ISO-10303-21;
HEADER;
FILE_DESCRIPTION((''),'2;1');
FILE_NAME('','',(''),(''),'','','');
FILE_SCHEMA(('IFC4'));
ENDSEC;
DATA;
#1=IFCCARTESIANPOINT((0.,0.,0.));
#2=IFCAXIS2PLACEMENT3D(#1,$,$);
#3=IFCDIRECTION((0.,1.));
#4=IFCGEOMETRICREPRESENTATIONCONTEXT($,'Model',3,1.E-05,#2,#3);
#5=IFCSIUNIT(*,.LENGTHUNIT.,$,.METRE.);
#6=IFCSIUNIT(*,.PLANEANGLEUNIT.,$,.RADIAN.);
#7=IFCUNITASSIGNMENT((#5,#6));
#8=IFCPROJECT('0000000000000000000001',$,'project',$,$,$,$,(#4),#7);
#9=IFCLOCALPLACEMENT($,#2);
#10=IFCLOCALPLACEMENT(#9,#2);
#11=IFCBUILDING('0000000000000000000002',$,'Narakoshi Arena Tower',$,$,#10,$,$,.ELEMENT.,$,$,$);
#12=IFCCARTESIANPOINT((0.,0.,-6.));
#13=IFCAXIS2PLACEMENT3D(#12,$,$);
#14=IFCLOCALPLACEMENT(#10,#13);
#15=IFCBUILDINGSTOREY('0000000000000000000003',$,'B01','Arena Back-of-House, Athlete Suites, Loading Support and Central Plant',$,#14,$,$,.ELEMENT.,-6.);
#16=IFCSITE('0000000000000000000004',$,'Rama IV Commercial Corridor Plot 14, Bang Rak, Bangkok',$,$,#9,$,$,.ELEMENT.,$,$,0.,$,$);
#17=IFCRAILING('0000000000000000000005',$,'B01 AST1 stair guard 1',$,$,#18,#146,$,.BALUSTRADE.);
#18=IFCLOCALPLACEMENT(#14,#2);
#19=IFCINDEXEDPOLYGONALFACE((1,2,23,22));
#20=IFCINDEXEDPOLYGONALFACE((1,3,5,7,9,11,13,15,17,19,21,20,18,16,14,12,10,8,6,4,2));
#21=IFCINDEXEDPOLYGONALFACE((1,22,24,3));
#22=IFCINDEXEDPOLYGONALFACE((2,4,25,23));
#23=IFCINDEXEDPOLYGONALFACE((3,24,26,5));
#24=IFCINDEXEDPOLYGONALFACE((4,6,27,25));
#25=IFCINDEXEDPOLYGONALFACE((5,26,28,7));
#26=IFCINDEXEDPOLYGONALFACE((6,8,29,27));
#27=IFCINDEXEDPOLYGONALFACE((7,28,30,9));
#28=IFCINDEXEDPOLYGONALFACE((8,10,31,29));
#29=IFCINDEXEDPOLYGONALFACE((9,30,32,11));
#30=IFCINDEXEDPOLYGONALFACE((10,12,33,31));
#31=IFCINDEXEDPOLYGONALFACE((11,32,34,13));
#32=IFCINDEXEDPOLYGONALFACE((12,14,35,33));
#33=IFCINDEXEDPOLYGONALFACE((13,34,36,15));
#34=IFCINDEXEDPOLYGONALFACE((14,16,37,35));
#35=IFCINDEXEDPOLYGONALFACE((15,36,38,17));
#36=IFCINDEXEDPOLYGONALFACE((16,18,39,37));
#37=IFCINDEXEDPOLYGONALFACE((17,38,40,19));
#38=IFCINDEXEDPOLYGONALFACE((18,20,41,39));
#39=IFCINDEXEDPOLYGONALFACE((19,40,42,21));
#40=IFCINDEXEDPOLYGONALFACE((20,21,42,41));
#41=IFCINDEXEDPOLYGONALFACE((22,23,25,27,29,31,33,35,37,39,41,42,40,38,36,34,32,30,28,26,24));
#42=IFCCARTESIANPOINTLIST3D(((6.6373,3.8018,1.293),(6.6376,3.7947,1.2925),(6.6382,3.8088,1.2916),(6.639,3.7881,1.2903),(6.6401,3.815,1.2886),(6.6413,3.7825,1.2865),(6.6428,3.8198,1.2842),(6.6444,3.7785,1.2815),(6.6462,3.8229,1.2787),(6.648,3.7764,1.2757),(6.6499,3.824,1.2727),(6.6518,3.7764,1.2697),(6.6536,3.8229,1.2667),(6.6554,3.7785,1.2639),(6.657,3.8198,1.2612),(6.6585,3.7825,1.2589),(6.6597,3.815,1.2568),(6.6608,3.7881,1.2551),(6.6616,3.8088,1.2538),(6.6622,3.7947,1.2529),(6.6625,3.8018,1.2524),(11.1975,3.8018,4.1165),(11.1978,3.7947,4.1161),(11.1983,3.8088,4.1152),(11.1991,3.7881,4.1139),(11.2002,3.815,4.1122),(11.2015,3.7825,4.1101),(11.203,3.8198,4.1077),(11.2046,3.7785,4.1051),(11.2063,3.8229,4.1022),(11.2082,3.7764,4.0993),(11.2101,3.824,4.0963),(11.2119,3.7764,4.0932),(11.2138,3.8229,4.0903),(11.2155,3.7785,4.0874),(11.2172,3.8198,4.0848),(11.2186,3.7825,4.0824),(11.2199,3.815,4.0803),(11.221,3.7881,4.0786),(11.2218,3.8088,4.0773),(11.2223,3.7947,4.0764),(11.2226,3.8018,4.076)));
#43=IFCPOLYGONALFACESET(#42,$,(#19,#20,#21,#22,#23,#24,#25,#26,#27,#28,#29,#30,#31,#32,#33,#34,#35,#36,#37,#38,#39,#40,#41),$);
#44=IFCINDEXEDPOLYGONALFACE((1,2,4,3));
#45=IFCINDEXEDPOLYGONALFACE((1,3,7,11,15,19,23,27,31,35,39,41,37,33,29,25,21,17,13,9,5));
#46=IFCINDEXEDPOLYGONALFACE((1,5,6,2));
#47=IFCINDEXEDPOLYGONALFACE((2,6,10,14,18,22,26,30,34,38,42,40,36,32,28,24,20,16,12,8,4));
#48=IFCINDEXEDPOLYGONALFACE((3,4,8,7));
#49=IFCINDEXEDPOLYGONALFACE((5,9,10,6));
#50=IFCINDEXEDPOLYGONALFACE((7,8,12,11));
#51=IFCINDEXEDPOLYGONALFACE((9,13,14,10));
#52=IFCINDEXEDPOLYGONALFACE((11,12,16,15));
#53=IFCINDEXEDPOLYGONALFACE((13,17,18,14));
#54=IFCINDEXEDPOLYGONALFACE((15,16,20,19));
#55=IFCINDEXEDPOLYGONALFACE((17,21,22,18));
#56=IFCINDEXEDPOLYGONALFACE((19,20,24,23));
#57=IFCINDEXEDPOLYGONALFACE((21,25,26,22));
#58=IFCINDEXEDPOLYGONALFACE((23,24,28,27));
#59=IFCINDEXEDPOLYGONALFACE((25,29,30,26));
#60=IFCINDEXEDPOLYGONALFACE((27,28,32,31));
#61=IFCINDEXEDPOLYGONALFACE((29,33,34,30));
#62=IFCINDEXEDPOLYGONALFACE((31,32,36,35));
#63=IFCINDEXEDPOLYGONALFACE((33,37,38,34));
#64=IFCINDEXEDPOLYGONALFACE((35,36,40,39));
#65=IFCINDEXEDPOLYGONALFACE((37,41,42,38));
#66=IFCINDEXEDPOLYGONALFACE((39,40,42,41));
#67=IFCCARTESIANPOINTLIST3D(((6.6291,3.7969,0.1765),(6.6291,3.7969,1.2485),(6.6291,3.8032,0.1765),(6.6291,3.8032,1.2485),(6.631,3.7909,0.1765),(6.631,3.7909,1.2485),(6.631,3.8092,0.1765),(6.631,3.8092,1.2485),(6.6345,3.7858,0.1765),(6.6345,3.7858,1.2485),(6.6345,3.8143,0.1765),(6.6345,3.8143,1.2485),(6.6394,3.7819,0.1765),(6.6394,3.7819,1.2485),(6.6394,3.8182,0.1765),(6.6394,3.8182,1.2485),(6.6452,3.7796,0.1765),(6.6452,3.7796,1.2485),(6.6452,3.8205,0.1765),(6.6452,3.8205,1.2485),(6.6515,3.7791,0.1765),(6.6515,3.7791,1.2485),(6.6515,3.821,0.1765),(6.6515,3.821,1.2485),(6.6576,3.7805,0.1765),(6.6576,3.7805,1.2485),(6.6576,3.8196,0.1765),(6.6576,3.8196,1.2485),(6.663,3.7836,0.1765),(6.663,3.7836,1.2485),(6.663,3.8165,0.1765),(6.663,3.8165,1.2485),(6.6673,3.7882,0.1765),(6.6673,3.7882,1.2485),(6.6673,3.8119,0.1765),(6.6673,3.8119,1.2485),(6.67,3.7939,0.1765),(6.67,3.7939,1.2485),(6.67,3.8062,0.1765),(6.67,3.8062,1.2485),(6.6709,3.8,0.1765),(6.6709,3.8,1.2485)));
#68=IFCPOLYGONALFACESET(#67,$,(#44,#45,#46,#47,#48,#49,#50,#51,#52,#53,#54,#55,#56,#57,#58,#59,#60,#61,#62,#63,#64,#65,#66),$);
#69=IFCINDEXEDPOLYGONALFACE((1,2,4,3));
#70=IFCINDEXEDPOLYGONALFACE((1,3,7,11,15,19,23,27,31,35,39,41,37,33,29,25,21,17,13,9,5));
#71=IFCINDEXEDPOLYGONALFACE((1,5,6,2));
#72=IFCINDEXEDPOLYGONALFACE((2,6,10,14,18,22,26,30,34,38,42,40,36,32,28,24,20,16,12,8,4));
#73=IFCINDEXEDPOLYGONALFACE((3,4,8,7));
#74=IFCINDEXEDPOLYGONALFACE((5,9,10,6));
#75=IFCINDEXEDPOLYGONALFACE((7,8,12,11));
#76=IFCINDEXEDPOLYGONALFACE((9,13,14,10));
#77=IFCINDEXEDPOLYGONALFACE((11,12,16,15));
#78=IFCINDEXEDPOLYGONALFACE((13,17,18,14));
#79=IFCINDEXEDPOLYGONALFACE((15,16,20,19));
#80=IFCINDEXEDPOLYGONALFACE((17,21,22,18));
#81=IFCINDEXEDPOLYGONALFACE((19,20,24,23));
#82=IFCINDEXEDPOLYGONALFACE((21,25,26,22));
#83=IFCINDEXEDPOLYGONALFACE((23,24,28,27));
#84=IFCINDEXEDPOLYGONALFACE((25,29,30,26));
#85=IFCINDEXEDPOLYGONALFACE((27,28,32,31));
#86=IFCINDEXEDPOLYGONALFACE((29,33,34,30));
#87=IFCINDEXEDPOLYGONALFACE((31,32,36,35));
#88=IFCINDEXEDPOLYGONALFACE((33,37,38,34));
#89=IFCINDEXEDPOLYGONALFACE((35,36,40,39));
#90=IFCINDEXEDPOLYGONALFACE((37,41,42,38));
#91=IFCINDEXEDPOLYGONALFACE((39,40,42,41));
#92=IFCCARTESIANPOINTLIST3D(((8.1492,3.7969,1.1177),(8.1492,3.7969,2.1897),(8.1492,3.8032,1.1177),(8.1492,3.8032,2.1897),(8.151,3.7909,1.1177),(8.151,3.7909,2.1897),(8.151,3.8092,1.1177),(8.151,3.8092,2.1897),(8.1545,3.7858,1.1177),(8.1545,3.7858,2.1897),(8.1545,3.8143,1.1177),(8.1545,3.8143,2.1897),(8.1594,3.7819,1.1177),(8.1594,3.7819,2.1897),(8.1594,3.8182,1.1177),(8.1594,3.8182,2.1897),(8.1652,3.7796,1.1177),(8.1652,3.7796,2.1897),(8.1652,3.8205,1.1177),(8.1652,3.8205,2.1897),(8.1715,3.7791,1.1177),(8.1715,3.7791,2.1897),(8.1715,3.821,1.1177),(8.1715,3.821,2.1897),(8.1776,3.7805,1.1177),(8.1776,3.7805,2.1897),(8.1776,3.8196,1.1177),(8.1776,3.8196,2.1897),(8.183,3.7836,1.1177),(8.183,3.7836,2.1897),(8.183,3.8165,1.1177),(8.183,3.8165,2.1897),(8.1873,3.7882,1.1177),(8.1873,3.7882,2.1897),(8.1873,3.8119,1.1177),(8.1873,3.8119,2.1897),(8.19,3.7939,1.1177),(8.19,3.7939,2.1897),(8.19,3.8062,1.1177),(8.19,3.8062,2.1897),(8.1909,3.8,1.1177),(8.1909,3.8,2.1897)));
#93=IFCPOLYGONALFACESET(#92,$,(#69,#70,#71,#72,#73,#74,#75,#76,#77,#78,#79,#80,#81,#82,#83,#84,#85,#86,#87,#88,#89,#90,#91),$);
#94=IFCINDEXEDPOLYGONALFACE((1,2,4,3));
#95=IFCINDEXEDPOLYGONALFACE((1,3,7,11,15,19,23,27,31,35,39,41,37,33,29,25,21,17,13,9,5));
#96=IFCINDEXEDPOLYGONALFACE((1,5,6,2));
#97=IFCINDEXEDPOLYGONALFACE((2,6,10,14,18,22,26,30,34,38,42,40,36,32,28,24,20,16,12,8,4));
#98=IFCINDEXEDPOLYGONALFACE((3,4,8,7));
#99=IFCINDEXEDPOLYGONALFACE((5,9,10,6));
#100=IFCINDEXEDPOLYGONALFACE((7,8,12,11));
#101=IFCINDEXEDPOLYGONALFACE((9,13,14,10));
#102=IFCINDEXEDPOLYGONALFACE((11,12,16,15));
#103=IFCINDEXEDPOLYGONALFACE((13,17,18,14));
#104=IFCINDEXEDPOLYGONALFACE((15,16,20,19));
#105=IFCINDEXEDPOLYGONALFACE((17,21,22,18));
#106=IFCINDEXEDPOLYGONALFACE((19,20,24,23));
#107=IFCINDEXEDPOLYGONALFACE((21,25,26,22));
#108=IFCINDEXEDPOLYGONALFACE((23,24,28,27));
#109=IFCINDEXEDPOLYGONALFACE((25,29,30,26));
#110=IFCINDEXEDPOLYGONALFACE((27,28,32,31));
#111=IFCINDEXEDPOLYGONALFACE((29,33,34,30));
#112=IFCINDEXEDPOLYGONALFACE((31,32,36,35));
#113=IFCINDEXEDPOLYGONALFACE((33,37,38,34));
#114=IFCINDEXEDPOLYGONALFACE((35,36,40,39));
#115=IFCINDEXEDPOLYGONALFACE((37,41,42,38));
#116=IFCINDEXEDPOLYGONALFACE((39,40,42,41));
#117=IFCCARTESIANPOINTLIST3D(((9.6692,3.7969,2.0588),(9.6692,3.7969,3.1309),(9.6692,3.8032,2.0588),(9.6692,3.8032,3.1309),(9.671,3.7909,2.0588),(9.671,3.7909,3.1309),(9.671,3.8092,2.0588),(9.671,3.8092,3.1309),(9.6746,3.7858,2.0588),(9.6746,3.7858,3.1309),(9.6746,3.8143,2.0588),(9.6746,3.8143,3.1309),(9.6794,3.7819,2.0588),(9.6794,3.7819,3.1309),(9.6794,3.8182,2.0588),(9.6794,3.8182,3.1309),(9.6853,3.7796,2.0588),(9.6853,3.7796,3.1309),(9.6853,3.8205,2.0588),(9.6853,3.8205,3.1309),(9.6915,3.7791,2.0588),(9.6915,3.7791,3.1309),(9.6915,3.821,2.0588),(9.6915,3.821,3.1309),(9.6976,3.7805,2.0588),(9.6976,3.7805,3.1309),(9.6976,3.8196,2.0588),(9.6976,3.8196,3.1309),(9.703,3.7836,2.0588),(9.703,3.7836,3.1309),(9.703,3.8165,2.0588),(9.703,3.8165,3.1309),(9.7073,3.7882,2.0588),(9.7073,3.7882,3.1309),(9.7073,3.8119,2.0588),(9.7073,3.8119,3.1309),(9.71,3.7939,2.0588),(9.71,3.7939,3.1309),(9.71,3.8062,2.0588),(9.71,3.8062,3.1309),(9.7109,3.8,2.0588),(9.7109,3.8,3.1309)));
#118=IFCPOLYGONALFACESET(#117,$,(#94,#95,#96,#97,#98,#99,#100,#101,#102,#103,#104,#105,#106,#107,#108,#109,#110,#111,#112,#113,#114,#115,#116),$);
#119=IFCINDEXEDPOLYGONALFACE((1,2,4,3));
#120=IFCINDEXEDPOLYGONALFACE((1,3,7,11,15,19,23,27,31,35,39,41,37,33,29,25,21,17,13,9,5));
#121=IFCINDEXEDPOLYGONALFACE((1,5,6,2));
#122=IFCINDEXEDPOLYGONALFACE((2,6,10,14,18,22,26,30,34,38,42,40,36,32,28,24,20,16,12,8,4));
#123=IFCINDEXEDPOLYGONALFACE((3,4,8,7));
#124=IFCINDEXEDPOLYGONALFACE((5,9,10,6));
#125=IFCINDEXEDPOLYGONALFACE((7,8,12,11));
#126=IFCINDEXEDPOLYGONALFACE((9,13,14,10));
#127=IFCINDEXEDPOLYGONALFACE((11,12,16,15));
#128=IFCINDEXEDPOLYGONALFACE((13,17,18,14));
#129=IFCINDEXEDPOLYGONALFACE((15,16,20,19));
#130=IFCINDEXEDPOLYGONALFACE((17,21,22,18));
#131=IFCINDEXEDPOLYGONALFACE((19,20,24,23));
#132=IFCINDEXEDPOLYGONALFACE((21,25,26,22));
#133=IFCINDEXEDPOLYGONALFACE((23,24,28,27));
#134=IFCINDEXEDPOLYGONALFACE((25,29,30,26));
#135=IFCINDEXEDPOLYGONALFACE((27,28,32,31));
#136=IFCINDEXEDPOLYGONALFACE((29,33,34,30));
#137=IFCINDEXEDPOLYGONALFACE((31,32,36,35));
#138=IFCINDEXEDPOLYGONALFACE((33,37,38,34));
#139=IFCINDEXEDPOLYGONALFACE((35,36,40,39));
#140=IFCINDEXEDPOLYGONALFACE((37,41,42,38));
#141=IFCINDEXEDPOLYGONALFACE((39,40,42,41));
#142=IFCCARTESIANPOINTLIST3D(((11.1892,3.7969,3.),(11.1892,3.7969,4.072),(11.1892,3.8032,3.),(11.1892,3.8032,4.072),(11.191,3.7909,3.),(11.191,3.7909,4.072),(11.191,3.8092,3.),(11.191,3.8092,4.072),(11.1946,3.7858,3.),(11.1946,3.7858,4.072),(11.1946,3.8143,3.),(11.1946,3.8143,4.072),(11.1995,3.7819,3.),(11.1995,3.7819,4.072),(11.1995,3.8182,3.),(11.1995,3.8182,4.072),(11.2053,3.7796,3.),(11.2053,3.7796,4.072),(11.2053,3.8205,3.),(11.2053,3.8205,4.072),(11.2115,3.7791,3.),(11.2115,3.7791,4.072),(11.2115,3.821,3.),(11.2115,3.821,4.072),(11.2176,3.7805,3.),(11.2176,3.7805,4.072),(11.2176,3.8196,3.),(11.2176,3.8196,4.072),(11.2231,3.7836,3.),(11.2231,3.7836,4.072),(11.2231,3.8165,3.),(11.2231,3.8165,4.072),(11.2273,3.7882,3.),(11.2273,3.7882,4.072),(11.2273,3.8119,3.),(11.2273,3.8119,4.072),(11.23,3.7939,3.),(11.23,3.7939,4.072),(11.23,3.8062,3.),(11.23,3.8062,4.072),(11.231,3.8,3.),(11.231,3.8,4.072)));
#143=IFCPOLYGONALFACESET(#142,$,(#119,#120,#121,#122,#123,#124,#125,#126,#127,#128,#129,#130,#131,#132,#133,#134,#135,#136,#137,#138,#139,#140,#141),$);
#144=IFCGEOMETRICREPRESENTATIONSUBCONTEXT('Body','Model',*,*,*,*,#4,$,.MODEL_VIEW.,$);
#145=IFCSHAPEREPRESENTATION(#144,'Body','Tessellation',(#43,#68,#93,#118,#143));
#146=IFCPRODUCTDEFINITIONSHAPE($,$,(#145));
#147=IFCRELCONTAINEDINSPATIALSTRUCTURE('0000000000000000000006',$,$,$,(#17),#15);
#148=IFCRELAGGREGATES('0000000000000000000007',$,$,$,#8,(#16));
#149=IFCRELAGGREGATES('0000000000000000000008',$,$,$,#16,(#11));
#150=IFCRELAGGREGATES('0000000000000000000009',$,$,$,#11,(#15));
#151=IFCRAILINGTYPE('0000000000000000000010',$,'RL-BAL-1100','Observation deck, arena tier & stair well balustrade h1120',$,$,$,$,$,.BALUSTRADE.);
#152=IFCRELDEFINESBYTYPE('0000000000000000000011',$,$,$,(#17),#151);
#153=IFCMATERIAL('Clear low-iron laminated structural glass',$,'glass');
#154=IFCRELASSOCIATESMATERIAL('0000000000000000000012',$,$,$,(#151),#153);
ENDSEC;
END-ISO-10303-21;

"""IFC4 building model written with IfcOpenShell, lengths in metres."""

from ifc_helpers import new_model, si_unit, direction, frame, origin, origin_2d, place, context, subcontext, project, spatial, circle, extrude, material, type_object, element, save


model = new_model("IFC4")

# Units and contexts
model_context = context("Model", 3, precision=1e-05, world=origin(), true_north=direction((0.0, 1.0)))
body_context = subcontext(model_context, "Body", "Model", "MODEL_VIEW")
ifc_project = project(units=[si_unit("LENGTHUNIT", "METRE"), si_unit("PLANEANGLEUNIT", "RADIAN")], contexts=[model_context])

# Site, building, storey
site_placement = place(None, origin())
site = spatial("IfcSite", under=ifc_project, at=site_placement, Name="Rama IV Commercial Corridor Plot 14, Bang Rak, Bangkok", CompositionType="ELEMENT", RefElevation=0.0)
building_placement = place(site_placement, origin())
building = spatial("IfcBuilding", under=site, at=building_placement, Name="Narakoshi Arena Tower", CompositionType="ELEMENT")
storey_placement = place(building_placement, frame((0.0, 0.0, -6.0)))
storey = spatial("IfcBuildingStorey", under=building, at=storey_placement, Name="B01", Description="Arena Back-of-House, Athlete Suites, Loading Support and Central Plant", CompositionType="ELEMENT", Elevation=-6.0)

# Railing
ifc_material_1 = material(Name="Clear low-iron laminated structural glass", Category="glass")
railing_type_1 = type_object("IfcRailingType", Name="RL-BAL-1100", Description="Observation deck, arena tier & stair well balustrade h1120", PredefinedType="BALUSTRADE", material=ifc_material_1)
railing_1_placement = place(storey_placement, frame((6.6499, 3.8, 0.1765)))
element("IfcRailing", 1, at=railing_1_placement, inside=storey, type_object=railing_type_1, Name="B01 AST1 stair guard 1", PredefinedType="BALUSTRADE", context=body_context, shape_type="SweptSolid", body=[
    extrude(circle(Radius=0.0239, at=origin_2d()), frame((0.0, 0.0, 1.0962), z_axis=(0.850216, 0.0, 0.526435), x_axis=(0.0, 1.0, 0.0)), (0.0, 0.0, 1.0), 5.3635),
    extrude(circle(Radius=0.021, at=origin_2d()), origin(), (0.0, 0.0, 1.0), 1.072),
    extrude(circle(Radius=0.021, at=origin_2d()), frame((1.52, 0.0, 0.9412)), (0.0, 0.0, 1.0), 1.072),
    extrude(circle(Radius=0.021, at=origin_2d()), frame((3.04, 0.0, 1.8823)), (0.0, 0.0, 1.0), 1.072),
    extrude(circle(Radius=0.021, at=origin_2d()), frame((4.5601, 0.0, 2.8235)), (0.0, 0.0, 1.0), 1.072),
])

save(model, "model.ifc")
